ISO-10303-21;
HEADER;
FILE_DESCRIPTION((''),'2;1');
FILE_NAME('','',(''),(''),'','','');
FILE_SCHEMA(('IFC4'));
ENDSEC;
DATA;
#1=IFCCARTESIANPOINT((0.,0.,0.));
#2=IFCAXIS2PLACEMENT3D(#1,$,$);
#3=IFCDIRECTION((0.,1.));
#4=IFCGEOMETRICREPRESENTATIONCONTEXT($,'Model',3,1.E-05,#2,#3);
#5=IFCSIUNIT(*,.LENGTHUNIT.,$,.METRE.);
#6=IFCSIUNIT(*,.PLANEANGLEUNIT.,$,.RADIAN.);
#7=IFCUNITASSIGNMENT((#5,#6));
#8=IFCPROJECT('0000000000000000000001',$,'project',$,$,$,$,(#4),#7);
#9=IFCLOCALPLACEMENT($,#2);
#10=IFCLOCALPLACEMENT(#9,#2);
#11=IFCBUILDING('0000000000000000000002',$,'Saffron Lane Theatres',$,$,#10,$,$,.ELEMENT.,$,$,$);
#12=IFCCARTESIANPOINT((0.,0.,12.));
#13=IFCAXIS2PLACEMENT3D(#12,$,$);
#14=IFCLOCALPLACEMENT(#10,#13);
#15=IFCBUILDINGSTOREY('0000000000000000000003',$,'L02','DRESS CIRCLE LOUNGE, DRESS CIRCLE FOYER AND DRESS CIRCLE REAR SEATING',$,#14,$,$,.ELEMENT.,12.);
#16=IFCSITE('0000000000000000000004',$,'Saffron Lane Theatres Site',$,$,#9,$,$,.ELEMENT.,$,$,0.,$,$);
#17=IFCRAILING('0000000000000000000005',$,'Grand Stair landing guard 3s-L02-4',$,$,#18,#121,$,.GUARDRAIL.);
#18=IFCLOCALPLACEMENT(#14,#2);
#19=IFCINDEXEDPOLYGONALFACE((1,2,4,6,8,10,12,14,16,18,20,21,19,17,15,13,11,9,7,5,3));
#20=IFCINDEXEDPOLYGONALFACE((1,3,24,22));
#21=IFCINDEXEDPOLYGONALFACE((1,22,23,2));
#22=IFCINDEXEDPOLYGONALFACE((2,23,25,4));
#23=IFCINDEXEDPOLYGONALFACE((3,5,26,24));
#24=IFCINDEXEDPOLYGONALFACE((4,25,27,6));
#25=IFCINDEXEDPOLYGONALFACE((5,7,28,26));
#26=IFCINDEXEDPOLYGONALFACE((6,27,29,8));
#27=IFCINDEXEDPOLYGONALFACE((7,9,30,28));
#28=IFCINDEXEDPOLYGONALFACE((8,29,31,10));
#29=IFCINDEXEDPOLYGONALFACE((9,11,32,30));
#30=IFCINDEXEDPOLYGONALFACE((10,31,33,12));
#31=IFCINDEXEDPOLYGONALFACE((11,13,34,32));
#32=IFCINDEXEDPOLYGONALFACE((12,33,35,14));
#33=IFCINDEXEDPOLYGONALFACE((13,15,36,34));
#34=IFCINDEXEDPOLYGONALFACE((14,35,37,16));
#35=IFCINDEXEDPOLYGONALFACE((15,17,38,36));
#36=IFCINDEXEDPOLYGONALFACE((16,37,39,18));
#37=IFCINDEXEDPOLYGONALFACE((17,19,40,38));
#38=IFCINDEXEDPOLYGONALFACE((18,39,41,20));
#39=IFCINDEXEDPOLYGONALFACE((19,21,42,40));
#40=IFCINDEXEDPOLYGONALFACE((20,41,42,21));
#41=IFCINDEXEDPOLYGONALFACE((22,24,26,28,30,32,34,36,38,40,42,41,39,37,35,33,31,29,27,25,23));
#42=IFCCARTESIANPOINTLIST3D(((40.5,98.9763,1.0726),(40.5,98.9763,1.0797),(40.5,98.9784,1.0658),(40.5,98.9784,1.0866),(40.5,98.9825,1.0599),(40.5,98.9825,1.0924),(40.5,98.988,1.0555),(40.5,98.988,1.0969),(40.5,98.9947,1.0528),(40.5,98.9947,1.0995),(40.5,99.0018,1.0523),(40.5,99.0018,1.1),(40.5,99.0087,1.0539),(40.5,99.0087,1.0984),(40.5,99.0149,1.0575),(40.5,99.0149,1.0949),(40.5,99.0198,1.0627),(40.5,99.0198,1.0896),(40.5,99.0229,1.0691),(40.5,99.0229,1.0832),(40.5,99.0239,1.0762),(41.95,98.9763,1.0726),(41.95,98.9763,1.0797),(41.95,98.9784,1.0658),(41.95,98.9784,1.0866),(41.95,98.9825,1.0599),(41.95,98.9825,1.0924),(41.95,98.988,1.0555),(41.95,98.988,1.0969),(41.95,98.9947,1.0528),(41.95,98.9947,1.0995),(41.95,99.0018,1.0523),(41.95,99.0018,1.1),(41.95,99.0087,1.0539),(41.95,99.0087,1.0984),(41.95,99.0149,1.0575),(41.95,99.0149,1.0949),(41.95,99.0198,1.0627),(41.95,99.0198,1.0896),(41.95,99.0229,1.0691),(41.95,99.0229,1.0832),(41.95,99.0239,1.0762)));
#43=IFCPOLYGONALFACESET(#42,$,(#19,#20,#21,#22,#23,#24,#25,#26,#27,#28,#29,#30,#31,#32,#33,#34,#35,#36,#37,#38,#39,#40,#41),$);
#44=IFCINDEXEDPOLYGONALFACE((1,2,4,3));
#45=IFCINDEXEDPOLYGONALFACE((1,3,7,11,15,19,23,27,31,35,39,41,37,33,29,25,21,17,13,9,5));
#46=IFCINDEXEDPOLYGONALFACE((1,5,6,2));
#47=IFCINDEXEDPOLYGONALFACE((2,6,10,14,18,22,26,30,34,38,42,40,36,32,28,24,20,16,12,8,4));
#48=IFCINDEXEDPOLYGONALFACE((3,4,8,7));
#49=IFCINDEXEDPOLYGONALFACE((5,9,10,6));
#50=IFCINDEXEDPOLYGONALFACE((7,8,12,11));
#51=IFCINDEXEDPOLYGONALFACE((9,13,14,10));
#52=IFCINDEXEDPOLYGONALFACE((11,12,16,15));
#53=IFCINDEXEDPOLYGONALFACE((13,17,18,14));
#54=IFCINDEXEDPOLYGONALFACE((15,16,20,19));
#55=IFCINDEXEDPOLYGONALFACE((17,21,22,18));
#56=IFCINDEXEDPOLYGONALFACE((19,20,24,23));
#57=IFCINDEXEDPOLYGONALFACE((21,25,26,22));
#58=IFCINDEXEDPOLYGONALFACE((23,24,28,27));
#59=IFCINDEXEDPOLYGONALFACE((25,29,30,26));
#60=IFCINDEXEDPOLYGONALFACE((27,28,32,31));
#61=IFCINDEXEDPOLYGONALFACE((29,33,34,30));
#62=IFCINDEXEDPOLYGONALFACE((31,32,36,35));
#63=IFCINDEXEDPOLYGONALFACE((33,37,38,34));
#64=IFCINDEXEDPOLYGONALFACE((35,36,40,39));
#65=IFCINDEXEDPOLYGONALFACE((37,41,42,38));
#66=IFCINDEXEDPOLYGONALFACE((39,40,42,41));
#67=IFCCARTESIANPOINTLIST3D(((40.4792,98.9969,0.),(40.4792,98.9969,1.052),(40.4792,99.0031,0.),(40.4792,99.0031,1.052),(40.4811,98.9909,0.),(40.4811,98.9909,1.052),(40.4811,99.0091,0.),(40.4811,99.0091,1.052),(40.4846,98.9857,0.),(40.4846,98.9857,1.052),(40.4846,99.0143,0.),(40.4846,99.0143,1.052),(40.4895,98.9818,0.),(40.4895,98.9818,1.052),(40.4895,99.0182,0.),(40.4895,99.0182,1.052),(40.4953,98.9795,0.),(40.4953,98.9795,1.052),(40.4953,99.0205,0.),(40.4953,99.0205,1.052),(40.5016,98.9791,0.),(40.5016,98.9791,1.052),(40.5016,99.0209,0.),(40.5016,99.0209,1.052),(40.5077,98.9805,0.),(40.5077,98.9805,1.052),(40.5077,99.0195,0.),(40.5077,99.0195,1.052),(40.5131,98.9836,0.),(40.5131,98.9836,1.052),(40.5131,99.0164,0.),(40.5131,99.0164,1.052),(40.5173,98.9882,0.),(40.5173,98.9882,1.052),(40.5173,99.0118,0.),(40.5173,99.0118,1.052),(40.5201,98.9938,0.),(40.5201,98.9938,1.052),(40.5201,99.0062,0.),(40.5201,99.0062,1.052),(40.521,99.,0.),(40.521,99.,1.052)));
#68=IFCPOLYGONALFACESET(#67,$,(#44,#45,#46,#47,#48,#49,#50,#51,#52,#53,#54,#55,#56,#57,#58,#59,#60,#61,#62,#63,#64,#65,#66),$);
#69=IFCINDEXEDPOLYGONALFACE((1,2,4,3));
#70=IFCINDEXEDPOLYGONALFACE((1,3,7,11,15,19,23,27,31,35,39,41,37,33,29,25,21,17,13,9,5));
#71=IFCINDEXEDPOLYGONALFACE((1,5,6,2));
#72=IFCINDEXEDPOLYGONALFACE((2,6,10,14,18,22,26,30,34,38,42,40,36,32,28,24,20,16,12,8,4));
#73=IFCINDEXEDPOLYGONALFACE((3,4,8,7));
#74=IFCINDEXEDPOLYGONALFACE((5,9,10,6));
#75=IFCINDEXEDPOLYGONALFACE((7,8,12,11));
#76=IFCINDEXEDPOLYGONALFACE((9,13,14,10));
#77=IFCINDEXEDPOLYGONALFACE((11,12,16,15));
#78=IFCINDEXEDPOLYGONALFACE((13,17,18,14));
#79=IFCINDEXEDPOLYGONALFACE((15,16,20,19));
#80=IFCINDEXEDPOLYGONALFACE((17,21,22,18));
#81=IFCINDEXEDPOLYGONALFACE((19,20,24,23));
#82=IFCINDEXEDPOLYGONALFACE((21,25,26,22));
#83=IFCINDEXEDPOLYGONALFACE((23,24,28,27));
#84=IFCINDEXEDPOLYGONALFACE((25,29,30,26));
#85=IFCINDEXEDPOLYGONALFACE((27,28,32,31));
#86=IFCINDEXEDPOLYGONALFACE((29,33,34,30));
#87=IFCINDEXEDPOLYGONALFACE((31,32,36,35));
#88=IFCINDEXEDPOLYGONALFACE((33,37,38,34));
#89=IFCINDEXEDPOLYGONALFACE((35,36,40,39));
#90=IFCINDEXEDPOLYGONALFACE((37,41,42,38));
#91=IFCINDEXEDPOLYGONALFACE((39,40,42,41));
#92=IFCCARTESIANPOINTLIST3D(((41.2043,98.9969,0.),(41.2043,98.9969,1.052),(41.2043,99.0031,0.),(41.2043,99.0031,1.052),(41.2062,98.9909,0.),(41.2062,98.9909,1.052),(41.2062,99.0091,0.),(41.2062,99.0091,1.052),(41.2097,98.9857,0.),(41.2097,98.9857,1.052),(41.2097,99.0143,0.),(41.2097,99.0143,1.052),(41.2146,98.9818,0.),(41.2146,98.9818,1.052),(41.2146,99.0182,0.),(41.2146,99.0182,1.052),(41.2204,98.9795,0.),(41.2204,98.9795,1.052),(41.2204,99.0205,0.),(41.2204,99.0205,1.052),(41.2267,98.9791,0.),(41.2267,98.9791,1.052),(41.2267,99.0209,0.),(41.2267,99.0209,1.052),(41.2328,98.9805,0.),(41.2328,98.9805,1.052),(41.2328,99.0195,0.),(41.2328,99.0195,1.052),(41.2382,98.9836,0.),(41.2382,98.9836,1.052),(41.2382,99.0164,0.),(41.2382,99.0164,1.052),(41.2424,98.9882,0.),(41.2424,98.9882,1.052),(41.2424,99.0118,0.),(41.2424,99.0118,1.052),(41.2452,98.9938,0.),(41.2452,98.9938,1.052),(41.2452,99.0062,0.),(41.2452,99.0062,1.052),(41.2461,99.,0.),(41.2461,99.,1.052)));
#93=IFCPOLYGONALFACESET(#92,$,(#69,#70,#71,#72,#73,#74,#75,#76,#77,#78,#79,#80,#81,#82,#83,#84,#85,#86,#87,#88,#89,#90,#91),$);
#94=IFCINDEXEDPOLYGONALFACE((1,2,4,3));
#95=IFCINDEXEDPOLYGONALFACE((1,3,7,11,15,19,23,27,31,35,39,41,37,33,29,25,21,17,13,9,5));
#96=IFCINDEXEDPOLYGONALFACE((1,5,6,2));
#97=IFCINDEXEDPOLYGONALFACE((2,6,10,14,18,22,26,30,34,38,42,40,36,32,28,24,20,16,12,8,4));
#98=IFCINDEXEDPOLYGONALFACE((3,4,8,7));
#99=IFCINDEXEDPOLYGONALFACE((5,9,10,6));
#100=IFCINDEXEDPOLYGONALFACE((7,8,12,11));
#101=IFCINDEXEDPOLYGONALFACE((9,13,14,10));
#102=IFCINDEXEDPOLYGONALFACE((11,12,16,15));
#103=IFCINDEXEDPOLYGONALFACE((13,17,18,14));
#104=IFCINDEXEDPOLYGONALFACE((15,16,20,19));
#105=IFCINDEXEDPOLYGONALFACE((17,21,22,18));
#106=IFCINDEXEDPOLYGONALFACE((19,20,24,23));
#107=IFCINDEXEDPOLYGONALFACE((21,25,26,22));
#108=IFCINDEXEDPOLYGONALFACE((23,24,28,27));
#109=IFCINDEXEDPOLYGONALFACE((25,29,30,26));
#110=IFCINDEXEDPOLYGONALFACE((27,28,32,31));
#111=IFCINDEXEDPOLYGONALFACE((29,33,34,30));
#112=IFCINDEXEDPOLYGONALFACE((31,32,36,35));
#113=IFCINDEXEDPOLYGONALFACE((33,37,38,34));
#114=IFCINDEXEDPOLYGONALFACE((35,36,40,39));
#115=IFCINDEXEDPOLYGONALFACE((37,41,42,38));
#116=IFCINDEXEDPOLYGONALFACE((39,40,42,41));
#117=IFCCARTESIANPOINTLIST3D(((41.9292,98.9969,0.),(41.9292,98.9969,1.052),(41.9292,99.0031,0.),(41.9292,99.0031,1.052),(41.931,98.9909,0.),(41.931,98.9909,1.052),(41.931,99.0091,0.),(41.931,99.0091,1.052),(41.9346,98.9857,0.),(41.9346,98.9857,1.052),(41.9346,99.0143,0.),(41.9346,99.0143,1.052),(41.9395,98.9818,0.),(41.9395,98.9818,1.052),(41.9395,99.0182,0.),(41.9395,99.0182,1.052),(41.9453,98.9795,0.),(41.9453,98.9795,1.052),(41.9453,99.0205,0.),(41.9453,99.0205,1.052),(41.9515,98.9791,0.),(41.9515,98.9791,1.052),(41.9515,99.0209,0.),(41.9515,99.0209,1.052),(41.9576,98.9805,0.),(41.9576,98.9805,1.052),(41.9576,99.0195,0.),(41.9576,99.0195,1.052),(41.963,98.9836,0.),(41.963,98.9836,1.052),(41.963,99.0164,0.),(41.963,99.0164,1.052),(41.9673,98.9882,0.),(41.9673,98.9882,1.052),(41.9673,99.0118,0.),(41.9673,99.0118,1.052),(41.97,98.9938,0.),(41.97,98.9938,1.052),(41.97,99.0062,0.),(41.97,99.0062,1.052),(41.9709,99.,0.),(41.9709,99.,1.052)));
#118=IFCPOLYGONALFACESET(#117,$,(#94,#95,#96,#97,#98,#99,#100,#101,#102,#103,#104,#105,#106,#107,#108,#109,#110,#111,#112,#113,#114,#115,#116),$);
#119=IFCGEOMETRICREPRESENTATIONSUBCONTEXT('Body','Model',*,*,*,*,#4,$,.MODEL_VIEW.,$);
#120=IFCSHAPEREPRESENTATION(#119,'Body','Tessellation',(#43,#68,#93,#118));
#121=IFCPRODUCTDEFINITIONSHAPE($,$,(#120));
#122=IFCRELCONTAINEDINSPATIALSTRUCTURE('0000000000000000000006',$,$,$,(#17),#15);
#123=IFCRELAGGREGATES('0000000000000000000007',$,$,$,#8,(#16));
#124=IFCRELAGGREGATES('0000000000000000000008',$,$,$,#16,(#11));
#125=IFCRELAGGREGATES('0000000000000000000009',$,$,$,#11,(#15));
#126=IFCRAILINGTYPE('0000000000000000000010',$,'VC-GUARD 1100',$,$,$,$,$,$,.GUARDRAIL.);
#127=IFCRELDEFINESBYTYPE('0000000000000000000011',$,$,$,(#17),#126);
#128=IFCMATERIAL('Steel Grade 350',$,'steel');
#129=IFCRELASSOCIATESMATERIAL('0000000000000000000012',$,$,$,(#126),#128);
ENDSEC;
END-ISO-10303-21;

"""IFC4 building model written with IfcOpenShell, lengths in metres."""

from ifc_helpers import new_model, si_unit, direction, frame, origin, origin_2d, place, context, subcontext, project, spatial, circle, extrude, material, type_object, element, save


model = new_model("IFC4")

# Units and contexts
model_context = context("Model", 3, precision=1e-05, world=origin(), true_north=direction((0.0, 1.0)))
body_context = subcontext(model_context, "Body", "Model", "MODEL_VIEW")
ifc_project = project(units=[si_unit("LENGTHUNIT", "METRE"), si_unit("PLANEANGLEUNIT", "RADIAN")], contexts=[model_context])

# Site, building, storey
site_placement = place(None, origin())
site = spatial("IfcSite", under=ifc_project, at=site_placement, Name="Saffron Lane Theatres Site", CompositionType="ELEMENT", RefElevation=0.0)
building_placement = place(site_placement, origin())
building = spatial("IfcBuilding", under=site, at=building_placement, Name="Saffron Lane Theatres", CompositionType="ELEMENT")
storey_placement = place(building_placement, frame((0.0, 0.0, 12.0)))
storey = spatial("IfcBuildingStorey", under=building, at=storey_placement, Name="L02", Description="DRESS CIRCLE LOUNGE, DRESS CIRCLE FOYER AND DRESS CIRCLE REAR SEATING", CompositionType="ELEMENT", Elevation=12.0)

# Railing
ifc_material_1 = material(Name="Steel Grade 350", Category="steel")
railing_type_1 = type_object("IfcRailingType", Name="VC-GUARD 1100", PredefinedType="GUARDRAIL", material=ifc_material_1)
railing_1_placement = place(storey_placement, frame((40.5, 99.0, 0.0)))
element("IfcRailing", 1, at=railing_1_placement, inside=storey, type_object=railing_type_1, Name="Grand Stair landing guard 3s-L02-4", PredefinedType="GUARDRAIL", context=body_context, shape_type="SweptSolid", body=[
    extrude(circle(Radius=0.0239, at=origin_2d()), frame((0.0, 0.0, 1.0762), z_axis=(1.0, 0.0, 0.0), x_axis=(0.0, 1.0, 0.0)), (0.0, 0.0, 1.0), 1.45),
    extrude(circle(Radius=0.021, at=origin_2d()), origin(), (0.0, 0.0, 1.0), 1.052),
    extrude(circle(Radius=0.021, at=origin_2d()), frame((0.7251, 0.0, 0.0)), (0.0, 0.0, 1.0), 1.052),
    extrude(circle(Radius=0.021, at=origin_2d()), frame((1.45, 0.0, 0.0)), (0.0, 0.0, 1.0), 1.052),
])

save(model, "model.ifc")
